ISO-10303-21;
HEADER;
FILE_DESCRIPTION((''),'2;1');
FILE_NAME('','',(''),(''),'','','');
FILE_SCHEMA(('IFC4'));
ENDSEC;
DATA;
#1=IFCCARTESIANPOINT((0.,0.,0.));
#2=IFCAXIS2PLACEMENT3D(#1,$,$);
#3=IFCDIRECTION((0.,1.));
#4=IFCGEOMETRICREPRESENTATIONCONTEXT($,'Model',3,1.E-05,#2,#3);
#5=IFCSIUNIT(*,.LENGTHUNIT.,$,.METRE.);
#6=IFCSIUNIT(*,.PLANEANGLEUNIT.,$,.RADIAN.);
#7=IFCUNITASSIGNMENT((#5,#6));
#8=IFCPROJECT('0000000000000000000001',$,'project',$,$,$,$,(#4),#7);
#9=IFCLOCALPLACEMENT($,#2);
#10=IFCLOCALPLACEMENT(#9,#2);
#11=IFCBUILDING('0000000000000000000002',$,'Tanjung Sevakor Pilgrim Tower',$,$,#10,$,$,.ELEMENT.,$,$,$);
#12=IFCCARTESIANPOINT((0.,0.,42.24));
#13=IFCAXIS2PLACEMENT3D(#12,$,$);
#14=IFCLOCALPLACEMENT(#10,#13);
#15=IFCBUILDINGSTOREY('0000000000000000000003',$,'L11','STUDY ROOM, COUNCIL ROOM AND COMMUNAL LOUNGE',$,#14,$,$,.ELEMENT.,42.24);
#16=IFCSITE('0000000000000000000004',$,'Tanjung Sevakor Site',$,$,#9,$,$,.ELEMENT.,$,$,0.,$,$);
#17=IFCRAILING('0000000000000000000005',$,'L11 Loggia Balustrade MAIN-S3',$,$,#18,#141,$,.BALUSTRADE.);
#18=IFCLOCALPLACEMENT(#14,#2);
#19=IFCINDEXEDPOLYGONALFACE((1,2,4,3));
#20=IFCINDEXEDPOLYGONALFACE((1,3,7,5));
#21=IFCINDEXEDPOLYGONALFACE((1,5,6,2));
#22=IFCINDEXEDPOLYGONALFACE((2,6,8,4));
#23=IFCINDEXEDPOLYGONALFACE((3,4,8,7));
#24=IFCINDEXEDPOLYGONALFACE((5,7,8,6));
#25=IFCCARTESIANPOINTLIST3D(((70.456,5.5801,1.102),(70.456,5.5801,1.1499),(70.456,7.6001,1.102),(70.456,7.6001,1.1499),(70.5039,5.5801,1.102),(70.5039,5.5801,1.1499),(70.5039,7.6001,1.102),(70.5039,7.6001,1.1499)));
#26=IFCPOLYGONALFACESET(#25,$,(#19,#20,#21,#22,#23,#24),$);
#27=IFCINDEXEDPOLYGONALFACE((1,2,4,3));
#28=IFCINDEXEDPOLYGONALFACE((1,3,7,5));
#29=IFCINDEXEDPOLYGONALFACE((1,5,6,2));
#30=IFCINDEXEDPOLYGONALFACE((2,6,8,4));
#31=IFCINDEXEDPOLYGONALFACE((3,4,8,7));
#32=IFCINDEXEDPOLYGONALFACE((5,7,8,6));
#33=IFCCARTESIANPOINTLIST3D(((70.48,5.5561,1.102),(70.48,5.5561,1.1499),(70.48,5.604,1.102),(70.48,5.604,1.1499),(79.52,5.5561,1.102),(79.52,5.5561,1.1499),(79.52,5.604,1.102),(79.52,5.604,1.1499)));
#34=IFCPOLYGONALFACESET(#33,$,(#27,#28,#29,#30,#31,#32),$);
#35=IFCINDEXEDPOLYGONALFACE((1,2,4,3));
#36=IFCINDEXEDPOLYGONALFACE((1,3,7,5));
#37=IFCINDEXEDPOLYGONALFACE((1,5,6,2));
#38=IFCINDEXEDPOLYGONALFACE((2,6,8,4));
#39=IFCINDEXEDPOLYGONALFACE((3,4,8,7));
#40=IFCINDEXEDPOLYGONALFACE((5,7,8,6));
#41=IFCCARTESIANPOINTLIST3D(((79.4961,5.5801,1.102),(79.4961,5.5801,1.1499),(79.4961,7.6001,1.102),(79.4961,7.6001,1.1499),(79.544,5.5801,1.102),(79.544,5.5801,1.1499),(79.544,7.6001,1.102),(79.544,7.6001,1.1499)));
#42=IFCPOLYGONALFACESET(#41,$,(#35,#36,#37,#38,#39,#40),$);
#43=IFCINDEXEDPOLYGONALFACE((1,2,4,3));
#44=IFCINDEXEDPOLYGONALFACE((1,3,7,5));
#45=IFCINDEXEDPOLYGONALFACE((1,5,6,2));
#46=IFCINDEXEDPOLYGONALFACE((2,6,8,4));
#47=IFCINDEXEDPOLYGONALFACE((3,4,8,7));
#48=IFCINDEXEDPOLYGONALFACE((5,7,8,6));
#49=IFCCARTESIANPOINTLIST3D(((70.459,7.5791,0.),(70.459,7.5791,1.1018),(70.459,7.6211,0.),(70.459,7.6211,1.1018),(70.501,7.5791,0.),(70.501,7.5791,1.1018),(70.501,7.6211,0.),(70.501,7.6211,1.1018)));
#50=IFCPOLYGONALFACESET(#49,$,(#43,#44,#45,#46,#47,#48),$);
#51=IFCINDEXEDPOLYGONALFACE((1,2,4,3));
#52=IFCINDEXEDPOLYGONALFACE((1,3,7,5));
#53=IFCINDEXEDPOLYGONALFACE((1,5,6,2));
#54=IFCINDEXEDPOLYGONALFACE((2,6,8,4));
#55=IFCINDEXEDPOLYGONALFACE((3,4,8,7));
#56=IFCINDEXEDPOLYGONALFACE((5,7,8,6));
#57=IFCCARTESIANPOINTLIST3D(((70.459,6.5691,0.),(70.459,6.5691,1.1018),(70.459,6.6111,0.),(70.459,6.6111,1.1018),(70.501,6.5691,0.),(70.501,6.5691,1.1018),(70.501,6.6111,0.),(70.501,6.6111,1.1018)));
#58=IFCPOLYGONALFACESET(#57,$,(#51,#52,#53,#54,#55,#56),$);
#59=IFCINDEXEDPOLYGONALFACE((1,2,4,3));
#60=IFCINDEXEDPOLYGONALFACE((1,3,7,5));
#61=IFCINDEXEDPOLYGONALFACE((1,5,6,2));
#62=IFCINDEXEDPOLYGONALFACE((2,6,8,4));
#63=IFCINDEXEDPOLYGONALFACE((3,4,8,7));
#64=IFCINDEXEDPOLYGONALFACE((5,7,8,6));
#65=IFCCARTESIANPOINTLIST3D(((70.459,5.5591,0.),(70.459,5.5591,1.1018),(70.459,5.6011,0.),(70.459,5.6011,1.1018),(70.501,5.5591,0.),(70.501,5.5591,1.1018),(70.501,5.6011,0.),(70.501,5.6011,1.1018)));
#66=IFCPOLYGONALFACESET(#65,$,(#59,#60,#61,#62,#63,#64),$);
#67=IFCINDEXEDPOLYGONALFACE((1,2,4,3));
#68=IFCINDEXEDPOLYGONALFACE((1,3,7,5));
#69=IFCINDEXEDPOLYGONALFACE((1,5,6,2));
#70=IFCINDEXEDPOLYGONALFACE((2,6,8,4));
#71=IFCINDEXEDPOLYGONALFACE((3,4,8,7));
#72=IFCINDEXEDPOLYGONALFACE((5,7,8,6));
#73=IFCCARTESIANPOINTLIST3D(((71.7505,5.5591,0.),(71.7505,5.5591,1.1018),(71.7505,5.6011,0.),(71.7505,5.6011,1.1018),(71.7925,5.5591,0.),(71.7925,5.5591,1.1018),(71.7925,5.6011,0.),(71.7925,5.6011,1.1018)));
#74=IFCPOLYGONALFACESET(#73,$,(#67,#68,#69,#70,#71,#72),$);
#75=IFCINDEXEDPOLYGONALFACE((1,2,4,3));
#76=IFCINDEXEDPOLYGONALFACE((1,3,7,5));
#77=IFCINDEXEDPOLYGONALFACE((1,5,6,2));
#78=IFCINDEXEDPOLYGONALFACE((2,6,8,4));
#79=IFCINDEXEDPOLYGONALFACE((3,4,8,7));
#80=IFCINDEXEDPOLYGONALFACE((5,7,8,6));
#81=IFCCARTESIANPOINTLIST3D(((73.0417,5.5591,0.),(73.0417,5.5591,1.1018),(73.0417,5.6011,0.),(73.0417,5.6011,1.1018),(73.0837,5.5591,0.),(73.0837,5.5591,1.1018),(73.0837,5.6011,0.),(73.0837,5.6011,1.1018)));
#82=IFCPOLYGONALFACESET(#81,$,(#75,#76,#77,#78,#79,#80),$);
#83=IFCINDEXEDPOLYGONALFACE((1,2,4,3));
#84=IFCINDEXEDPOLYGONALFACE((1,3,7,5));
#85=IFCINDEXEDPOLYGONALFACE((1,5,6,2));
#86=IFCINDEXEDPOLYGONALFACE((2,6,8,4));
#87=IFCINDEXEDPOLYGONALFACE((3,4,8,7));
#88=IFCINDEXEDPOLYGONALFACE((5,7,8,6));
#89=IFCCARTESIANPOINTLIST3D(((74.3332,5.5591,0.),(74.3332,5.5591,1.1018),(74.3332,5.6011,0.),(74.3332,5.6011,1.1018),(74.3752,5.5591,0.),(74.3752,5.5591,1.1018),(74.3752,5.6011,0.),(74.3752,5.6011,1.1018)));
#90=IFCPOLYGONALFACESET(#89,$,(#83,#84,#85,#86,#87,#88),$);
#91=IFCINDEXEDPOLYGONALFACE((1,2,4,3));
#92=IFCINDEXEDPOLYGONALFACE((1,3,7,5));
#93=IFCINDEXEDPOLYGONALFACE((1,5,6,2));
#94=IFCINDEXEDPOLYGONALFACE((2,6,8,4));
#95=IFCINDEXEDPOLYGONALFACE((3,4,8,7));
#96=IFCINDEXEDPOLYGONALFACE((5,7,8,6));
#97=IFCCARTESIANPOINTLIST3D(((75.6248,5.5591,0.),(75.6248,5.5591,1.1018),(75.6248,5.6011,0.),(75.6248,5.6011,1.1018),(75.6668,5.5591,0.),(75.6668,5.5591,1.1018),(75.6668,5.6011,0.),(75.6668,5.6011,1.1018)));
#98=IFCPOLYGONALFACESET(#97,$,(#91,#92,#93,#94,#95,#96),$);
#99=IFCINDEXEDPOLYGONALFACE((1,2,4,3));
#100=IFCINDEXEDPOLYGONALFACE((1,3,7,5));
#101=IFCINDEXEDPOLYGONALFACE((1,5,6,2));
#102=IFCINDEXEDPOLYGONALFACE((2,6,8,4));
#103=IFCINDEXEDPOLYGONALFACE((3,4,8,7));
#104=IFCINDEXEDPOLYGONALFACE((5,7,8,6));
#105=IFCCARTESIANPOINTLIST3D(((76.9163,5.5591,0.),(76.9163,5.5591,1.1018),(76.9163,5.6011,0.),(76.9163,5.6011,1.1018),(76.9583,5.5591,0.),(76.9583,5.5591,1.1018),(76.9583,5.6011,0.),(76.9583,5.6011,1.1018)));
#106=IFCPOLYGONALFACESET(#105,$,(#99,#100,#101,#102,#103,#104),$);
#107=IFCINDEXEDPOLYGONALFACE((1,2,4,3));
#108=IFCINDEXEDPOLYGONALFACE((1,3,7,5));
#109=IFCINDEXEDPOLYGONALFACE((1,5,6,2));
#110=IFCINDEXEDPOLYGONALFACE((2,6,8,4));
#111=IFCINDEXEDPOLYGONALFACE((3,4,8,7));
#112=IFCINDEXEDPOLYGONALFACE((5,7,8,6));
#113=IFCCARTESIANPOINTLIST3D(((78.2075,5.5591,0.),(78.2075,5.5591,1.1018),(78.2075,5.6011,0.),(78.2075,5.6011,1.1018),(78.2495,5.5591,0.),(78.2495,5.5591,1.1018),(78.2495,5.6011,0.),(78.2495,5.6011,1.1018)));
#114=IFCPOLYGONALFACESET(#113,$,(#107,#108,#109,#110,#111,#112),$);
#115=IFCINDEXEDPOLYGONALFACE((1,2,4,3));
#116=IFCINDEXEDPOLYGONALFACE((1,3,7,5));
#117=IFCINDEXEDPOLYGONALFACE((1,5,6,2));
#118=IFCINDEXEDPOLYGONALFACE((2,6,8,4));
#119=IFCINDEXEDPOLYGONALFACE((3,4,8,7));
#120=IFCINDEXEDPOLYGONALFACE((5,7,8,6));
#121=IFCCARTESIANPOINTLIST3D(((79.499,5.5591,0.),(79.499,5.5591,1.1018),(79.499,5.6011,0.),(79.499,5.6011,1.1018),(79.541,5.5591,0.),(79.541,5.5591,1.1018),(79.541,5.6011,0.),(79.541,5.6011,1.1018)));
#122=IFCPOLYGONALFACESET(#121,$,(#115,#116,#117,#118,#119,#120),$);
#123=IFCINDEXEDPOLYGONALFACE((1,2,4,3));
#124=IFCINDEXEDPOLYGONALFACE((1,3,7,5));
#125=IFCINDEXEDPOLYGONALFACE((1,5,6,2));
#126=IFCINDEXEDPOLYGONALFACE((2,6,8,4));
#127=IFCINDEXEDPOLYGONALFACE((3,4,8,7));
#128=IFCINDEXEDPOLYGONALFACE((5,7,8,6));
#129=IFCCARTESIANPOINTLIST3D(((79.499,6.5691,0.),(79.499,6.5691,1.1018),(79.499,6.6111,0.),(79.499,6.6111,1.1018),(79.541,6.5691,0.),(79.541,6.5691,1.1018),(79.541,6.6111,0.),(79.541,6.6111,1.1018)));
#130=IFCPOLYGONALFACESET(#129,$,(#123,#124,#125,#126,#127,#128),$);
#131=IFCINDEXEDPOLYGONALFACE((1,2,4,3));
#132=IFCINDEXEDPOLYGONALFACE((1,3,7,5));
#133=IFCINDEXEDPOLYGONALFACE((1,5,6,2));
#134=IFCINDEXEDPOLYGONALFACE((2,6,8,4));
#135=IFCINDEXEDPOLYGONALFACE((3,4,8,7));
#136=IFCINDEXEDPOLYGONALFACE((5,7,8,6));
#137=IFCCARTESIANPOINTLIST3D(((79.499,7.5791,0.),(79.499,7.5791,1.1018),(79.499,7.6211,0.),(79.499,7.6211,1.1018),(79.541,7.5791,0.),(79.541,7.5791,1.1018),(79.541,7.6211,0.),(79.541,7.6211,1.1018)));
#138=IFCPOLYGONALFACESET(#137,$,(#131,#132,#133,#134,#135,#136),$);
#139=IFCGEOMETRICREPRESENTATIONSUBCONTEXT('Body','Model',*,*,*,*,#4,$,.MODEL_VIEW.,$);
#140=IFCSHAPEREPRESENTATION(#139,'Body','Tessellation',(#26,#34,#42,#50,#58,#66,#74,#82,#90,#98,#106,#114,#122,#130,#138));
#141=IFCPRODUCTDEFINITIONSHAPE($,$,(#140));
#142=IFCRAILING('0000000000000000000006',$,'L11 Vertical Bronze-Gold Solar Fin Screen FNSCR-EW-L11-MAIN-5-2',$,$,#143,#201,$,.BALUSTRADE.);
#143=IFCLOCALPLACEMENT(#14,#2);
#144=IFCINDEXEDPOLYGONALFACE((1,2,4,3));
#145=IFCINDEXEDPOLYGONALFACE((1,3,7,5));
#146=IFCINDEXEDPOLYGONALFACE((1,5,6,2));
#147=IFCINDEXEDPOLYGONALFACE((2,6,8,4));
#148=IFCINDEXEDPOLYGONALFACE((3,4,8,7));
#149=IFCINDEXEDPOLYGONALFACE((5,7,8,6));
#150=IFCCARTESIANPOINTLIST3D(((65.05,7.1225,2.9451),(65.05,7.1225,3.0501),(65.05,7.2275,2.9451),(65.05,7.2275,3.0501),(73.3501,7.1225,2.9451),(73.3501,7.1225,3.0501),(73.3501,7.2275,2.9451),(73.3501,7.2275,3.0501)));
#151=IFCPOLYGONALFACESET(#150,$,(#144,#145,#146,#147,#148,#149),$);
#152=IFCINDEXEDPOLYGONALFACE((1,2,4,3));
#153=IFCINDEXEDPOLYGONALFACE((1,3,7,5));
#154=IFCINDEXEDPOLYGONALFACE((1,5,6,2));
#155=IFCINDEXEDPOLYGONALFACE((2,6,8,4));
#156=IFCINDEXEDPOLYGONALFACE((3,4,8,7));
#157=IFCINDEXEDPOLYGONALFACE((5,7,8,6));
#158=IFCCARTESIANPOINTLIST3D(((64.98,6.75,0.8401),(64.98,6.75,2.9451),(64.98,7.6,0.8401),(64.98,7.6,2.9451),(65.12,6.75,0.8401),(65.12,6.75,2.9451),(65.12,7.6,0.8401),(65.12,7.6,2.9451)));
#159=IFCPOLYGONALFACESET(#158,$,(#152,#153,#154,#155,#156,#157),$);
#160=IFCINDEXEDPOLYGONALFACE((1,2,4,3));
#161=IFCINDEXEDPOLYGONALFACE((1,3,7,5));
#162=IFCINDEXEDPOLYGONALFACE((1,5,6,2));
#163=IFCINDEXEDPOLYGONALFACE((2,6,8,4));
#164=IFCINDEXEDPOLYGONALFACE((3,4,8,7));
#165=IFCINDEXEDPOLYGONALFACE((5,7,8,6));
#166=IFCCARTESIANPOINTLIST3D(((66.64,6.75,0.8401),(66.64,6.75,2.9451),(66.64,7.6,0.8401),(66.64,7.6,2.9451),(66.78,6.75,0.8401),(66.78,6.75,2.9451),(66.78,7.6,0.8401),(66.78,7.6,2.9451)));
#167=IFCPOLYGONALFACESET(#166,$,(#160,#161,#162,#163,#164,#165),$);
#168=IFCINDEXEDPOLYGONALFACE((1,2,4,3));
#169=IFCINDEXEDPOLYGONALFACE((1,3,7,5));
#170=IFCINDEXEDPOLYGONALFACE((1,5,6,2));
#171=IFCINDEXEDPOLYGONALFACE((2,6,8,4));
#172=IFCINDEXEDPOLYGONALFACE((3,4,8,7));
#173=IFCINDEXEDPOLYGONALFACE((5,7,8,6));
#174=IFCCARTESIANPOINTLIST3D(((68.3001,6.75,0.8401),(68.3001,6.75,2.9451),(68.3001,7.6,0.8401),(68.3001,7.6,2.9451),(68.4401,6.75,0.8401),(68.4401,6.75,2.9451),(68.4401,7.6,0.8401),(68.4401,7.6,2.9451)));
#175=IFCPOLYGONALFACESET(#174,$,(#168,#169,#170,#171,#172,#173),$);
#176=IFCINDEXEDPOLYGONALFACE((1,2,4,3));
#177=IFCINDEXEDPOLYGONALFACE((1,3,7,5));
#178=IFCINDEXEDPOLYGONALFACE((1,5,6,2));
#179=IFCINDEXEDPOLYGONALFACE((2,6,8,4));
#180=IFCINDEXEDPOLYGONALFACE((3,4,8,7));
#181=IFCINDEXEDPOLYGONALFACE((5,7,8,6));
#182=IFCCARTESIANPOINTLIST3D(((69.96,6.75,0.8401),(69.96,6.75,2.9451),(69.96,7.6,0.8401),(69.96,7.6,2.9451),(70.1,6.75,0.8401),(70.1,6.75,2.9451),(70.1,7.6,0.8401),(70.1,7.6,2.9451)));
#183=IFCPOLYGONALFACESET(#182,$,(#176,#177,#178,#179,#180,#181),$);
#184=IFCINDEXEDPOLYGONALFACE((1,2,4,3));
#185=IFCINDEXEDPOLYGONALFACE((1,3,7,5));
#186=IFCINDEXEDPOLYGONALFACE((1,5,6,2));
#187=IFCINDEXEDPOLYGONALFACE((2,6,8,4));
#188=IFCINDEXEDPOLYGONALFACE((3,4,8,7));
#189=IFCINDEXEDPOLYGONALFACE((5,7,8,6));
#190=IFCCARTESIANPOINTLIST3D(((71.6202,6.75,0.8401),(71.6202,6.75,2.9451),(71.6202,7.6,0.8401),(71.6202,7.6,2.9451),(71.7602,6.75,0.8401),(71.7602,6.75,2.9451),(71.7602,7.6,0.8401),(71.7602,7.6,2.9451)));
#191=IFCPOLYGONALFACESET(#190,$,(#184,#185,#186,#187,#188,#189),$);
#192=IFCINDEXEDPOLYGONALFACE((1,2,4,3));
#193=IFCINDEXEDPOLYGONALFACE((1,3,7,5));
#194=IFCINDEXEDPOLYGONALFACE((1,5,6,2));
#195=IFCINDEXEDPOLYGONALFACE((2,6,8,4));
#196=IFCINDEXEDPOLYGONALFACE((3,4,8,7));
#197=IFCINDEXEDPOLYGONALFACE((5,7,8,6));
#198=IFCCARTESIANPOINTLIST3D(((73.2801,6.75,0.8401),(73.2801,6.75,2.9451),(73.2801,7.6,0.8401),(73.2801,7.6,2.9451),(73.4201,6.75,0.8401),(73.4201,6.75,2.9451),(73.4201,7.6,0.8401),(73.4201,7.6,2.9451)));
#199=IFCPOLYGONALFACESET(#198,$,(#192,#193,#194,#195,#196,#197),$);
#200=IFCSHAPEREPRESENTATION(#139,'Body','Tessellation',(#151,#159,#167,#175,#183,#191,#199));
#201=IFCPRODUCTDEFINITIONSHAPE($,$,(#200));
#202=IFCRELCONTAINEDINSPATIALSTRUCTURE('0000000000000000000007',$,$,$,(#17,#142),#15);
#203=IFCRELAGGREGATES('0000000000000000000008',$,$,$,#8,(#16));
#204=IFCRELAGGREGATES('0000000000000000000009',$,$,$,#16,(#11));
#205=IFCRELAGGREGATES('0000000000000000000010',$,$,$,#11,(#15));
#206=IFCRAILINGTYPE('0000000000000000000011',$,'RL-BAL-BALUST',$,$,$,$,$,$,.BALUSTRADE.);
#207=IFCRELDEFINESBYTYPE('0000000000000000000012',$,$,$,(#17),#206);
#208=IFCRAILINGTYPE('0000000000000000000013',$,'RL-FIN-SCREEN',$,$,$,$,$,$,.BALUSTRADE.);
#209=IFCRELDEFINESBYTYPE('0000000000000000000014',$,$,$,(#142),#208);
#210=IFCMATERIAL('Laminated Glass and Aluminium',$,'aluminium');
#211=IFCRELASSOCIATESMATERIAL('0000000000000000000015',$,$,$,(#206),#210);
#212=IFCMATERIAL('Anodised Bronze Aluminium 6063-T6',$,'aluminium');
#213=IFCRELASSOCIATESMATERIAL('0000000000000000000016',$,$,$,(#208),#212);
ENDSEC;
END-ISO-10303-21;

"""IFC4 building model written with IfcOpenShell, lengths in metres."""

from ifc_helpers import new_model, si_unit, direction, frame, origin, place, context, subcontext, project, spatial, rectangle, extrude, material, type_object, element, save


model = new_model("IFC4")

# Units and contexts
model_context = context("Model", 3, precision=1e-05, world=origin(), true_north=direction((0.0, 1.0)))
body_context = subcontext(model_context, "Body", "Model", "MODEL_VIEW")
ifc_project = project(units=[si_unit("LENGTHUNIT", "METRE"), si_unit("PLANEANGLEUNIT", "RADIAN")], contexts=[model_context])

# Site, building, storey
site_placement = place(None, origin())
site = spatial("IfcSite", under=ifc_project, at=site_placement, Name="Tanjung Sevakor Site", CompositionType="ELEMENT", RefElevation=0.0)
building_placement = place(site_placement, origin())
building = spatial("IfcBuilding", under=site, at=building_placement, Name="Tanjung Sevakor Pilgrim Tower", CompositionType="ELEMENT")
storey_placement = place(building_placement, frame((0.0, 0.0, 42.24)))
storey = spatial("IfcBuildingStorey", under=building, at=storey_placement, Name="L11", Description="STUDY ROOM, COUNCIL ROOM AND COMMUNAL LOUNGE", CompositionType="ELEMENT", Elevation=42.24)

# Railings
ifc_material_1 = material(Name="Laminated Glass and Aluminium", Category="aluminium")
railing_type_1 = type_object("IfcRailingType", Name="RL-BAL-BALUST", PredefinedType="BALUSTRADE", material=ifc_material_1)
railing_1_placement = place(storey_placement, frame((70.48, 7.6001, 0.0)))
element("IfcRailing", 1, at=railing_1_placement, inside=storey, type_object=railing_type_1, Name="L11 Loggia Balustrade MAIN-S3", PredefinedType="BALUSTRADE", context=body_context, shape_type="SweptSolid", body=[
    extrude(rectangle(XDim=0.0479, YDim=0.0479), frame((0.0, 0.0, 1.126), z_axis=(0.0, -1.0, 0.0), x_axis=(1.0, 0.0, 0.0)), (0.0, 0.0, 1.0), 2.02),
    extrude(rectangle(XDim=0.0479, YDim=0.0479), frame((0.0, -2.02, 1.126), z_axis=(1.0, 0.0, 0.0), x_axis=(0.0, 1.0, 0.0)), (0.0, 0.0, 1.0), 9.04),
    extrude(rectangle(XDim=0.0479, YDim=0.0479), frame((9.04, -2.02, 1.126), z_axis=(0.0, 1.0, 0.0), x_axis=(-1.0, 0.0, 0.0)), (0.0, 0.0, 1.0), 2.02),
    extrude(rectangle(XDim=0.042, YDim=0.042), origin(), (0.0, 0.0, 1.0), 1.1018),
    extrude(rectangle(XDim=0.042, YDim=0.042), frame((0.0, -1.01, 0.0)), (0.0, 0.0, 1.0), 1.1018),
    extrude(rectangle(XDim=0.042, YDim=0.042), frame((0.0, -2.02, 0.0)), (0.0, 0.0, 1.0), 1.1018),
    extrude(rectangle(XDim=0.042, YDim=0.042), frame((1.2915, -2.02, 0.0)), (0.0, 0.0, 1.0), 1.1018),
    extrude(rectangle(XDim=0.042, YDim=0.042), frame((2.5828, -2.02, 0.0)), (0.0, 0.0, 1.0), 1.1018),
    extrude(rectangle(XDim=0.042, YDim=0.042), frame((3.8743, -2.02, 0.0)), (0.0, 0.0, 1.0), 1.1018),
    extrude(rectangle(XDim=0.042, YDim=0.042), frame((5.1658, -2.02, 0.0)), (0.0, 0.0, 1.0), 1.1018),
    extrude(rectangle(XDim=0.042, YDim=0.042), frame((6.4573, -2.02, 0.0)), (0.0, 0.0, 1.0), 1.1018),
    extrude(rectangle(XDim=0.042, YDim=0.042), frame((7.7485, -2.02, 0.0)), (0.0, 0.0, 1.0), 1.1018),
    extrude(rectangle(XDim=0.042, YDim=0.042), frame((9.04, -2.02, 0.0)), (0.0, 0.0, 1.0), 1.1018),
    extrude(rectangle(XDim=0.042, YDim=0.042), frame((9.04, -1.01, 0.0)), (0.0, 0.0, 1.0), 1.1018),
    extrude(rectangle(XDim=0.042, YDim=0.042), frame((9.04, 0.0, 0.0)), (0.0, 0.0, 1.0), 1.1018),
])
ifc_material_2 = material(Name="Anodised Bronze Aluminium 6063-T6", Category="aluminium")
railing_type_2 = type_object("IfcRailingType", Name="RL-FIN-SCREEN", PredefinedType="BALUSTRADE", material=ifc_material_2)
for number, where, name in (
    (2, (65.05, 7.175, 0.8401), "L11 Vertical Bronze-Gold Solar Fin Screen FNSCR-EW-L11-MAIN-5-2"),
):
    element("IfcRailing", number, at=place(storey_placement, frame(where)), inside=storey, type_object=railing_type_2, Name=name, PredefinedType="BALUSTRADE", context=body_context, shape_type="SweptSolid", body=[
        extrude(rectangle(XDim=0.105, YDim=0.105), frame((0.0, 0.0, 2.1575), z_axis=(1.0, 0.0, 0.0), x_axis=(0.0, 1.0, 0.0)), (0.0, 0.0, 1.0), 8.3),
        extrude(rectangle(XDim=0.14, YDim=0.85), origin(), (0.0, 0.0, 1.0), 2.105),
        extrude(rectangle(XDim=0.14, YDim=0.85), frame((1.6599, 0.0, 0.0)), (0.0, 0.0, 1.0), 2.105),
        extrude(rectangle(XDim=0.14, YDim=0.85), frame((3.3201, 0.0, 0.0)), (0.0, 0.0, 1.0), 2.105),
        extrude(rectangle(XDim=0.14, YDim=0.85), frame((4.98, 0.0, 0.0)), (0.0, 0.0, 1.0), 2.105),
        extrude(rectangle(XDim=0.14, YDim=0.85), frame((6.6401, 0.0, 0.0)), (0.0, 0.0, 1.0), 2.105),
        extrude(rectangle(XDim=0.14, YDim=0.85), frame((8.3, 0.0, 0.0)), (0.0, 0.0, 1.0), 2.105),
    ])

save(model, "model.ifc")
